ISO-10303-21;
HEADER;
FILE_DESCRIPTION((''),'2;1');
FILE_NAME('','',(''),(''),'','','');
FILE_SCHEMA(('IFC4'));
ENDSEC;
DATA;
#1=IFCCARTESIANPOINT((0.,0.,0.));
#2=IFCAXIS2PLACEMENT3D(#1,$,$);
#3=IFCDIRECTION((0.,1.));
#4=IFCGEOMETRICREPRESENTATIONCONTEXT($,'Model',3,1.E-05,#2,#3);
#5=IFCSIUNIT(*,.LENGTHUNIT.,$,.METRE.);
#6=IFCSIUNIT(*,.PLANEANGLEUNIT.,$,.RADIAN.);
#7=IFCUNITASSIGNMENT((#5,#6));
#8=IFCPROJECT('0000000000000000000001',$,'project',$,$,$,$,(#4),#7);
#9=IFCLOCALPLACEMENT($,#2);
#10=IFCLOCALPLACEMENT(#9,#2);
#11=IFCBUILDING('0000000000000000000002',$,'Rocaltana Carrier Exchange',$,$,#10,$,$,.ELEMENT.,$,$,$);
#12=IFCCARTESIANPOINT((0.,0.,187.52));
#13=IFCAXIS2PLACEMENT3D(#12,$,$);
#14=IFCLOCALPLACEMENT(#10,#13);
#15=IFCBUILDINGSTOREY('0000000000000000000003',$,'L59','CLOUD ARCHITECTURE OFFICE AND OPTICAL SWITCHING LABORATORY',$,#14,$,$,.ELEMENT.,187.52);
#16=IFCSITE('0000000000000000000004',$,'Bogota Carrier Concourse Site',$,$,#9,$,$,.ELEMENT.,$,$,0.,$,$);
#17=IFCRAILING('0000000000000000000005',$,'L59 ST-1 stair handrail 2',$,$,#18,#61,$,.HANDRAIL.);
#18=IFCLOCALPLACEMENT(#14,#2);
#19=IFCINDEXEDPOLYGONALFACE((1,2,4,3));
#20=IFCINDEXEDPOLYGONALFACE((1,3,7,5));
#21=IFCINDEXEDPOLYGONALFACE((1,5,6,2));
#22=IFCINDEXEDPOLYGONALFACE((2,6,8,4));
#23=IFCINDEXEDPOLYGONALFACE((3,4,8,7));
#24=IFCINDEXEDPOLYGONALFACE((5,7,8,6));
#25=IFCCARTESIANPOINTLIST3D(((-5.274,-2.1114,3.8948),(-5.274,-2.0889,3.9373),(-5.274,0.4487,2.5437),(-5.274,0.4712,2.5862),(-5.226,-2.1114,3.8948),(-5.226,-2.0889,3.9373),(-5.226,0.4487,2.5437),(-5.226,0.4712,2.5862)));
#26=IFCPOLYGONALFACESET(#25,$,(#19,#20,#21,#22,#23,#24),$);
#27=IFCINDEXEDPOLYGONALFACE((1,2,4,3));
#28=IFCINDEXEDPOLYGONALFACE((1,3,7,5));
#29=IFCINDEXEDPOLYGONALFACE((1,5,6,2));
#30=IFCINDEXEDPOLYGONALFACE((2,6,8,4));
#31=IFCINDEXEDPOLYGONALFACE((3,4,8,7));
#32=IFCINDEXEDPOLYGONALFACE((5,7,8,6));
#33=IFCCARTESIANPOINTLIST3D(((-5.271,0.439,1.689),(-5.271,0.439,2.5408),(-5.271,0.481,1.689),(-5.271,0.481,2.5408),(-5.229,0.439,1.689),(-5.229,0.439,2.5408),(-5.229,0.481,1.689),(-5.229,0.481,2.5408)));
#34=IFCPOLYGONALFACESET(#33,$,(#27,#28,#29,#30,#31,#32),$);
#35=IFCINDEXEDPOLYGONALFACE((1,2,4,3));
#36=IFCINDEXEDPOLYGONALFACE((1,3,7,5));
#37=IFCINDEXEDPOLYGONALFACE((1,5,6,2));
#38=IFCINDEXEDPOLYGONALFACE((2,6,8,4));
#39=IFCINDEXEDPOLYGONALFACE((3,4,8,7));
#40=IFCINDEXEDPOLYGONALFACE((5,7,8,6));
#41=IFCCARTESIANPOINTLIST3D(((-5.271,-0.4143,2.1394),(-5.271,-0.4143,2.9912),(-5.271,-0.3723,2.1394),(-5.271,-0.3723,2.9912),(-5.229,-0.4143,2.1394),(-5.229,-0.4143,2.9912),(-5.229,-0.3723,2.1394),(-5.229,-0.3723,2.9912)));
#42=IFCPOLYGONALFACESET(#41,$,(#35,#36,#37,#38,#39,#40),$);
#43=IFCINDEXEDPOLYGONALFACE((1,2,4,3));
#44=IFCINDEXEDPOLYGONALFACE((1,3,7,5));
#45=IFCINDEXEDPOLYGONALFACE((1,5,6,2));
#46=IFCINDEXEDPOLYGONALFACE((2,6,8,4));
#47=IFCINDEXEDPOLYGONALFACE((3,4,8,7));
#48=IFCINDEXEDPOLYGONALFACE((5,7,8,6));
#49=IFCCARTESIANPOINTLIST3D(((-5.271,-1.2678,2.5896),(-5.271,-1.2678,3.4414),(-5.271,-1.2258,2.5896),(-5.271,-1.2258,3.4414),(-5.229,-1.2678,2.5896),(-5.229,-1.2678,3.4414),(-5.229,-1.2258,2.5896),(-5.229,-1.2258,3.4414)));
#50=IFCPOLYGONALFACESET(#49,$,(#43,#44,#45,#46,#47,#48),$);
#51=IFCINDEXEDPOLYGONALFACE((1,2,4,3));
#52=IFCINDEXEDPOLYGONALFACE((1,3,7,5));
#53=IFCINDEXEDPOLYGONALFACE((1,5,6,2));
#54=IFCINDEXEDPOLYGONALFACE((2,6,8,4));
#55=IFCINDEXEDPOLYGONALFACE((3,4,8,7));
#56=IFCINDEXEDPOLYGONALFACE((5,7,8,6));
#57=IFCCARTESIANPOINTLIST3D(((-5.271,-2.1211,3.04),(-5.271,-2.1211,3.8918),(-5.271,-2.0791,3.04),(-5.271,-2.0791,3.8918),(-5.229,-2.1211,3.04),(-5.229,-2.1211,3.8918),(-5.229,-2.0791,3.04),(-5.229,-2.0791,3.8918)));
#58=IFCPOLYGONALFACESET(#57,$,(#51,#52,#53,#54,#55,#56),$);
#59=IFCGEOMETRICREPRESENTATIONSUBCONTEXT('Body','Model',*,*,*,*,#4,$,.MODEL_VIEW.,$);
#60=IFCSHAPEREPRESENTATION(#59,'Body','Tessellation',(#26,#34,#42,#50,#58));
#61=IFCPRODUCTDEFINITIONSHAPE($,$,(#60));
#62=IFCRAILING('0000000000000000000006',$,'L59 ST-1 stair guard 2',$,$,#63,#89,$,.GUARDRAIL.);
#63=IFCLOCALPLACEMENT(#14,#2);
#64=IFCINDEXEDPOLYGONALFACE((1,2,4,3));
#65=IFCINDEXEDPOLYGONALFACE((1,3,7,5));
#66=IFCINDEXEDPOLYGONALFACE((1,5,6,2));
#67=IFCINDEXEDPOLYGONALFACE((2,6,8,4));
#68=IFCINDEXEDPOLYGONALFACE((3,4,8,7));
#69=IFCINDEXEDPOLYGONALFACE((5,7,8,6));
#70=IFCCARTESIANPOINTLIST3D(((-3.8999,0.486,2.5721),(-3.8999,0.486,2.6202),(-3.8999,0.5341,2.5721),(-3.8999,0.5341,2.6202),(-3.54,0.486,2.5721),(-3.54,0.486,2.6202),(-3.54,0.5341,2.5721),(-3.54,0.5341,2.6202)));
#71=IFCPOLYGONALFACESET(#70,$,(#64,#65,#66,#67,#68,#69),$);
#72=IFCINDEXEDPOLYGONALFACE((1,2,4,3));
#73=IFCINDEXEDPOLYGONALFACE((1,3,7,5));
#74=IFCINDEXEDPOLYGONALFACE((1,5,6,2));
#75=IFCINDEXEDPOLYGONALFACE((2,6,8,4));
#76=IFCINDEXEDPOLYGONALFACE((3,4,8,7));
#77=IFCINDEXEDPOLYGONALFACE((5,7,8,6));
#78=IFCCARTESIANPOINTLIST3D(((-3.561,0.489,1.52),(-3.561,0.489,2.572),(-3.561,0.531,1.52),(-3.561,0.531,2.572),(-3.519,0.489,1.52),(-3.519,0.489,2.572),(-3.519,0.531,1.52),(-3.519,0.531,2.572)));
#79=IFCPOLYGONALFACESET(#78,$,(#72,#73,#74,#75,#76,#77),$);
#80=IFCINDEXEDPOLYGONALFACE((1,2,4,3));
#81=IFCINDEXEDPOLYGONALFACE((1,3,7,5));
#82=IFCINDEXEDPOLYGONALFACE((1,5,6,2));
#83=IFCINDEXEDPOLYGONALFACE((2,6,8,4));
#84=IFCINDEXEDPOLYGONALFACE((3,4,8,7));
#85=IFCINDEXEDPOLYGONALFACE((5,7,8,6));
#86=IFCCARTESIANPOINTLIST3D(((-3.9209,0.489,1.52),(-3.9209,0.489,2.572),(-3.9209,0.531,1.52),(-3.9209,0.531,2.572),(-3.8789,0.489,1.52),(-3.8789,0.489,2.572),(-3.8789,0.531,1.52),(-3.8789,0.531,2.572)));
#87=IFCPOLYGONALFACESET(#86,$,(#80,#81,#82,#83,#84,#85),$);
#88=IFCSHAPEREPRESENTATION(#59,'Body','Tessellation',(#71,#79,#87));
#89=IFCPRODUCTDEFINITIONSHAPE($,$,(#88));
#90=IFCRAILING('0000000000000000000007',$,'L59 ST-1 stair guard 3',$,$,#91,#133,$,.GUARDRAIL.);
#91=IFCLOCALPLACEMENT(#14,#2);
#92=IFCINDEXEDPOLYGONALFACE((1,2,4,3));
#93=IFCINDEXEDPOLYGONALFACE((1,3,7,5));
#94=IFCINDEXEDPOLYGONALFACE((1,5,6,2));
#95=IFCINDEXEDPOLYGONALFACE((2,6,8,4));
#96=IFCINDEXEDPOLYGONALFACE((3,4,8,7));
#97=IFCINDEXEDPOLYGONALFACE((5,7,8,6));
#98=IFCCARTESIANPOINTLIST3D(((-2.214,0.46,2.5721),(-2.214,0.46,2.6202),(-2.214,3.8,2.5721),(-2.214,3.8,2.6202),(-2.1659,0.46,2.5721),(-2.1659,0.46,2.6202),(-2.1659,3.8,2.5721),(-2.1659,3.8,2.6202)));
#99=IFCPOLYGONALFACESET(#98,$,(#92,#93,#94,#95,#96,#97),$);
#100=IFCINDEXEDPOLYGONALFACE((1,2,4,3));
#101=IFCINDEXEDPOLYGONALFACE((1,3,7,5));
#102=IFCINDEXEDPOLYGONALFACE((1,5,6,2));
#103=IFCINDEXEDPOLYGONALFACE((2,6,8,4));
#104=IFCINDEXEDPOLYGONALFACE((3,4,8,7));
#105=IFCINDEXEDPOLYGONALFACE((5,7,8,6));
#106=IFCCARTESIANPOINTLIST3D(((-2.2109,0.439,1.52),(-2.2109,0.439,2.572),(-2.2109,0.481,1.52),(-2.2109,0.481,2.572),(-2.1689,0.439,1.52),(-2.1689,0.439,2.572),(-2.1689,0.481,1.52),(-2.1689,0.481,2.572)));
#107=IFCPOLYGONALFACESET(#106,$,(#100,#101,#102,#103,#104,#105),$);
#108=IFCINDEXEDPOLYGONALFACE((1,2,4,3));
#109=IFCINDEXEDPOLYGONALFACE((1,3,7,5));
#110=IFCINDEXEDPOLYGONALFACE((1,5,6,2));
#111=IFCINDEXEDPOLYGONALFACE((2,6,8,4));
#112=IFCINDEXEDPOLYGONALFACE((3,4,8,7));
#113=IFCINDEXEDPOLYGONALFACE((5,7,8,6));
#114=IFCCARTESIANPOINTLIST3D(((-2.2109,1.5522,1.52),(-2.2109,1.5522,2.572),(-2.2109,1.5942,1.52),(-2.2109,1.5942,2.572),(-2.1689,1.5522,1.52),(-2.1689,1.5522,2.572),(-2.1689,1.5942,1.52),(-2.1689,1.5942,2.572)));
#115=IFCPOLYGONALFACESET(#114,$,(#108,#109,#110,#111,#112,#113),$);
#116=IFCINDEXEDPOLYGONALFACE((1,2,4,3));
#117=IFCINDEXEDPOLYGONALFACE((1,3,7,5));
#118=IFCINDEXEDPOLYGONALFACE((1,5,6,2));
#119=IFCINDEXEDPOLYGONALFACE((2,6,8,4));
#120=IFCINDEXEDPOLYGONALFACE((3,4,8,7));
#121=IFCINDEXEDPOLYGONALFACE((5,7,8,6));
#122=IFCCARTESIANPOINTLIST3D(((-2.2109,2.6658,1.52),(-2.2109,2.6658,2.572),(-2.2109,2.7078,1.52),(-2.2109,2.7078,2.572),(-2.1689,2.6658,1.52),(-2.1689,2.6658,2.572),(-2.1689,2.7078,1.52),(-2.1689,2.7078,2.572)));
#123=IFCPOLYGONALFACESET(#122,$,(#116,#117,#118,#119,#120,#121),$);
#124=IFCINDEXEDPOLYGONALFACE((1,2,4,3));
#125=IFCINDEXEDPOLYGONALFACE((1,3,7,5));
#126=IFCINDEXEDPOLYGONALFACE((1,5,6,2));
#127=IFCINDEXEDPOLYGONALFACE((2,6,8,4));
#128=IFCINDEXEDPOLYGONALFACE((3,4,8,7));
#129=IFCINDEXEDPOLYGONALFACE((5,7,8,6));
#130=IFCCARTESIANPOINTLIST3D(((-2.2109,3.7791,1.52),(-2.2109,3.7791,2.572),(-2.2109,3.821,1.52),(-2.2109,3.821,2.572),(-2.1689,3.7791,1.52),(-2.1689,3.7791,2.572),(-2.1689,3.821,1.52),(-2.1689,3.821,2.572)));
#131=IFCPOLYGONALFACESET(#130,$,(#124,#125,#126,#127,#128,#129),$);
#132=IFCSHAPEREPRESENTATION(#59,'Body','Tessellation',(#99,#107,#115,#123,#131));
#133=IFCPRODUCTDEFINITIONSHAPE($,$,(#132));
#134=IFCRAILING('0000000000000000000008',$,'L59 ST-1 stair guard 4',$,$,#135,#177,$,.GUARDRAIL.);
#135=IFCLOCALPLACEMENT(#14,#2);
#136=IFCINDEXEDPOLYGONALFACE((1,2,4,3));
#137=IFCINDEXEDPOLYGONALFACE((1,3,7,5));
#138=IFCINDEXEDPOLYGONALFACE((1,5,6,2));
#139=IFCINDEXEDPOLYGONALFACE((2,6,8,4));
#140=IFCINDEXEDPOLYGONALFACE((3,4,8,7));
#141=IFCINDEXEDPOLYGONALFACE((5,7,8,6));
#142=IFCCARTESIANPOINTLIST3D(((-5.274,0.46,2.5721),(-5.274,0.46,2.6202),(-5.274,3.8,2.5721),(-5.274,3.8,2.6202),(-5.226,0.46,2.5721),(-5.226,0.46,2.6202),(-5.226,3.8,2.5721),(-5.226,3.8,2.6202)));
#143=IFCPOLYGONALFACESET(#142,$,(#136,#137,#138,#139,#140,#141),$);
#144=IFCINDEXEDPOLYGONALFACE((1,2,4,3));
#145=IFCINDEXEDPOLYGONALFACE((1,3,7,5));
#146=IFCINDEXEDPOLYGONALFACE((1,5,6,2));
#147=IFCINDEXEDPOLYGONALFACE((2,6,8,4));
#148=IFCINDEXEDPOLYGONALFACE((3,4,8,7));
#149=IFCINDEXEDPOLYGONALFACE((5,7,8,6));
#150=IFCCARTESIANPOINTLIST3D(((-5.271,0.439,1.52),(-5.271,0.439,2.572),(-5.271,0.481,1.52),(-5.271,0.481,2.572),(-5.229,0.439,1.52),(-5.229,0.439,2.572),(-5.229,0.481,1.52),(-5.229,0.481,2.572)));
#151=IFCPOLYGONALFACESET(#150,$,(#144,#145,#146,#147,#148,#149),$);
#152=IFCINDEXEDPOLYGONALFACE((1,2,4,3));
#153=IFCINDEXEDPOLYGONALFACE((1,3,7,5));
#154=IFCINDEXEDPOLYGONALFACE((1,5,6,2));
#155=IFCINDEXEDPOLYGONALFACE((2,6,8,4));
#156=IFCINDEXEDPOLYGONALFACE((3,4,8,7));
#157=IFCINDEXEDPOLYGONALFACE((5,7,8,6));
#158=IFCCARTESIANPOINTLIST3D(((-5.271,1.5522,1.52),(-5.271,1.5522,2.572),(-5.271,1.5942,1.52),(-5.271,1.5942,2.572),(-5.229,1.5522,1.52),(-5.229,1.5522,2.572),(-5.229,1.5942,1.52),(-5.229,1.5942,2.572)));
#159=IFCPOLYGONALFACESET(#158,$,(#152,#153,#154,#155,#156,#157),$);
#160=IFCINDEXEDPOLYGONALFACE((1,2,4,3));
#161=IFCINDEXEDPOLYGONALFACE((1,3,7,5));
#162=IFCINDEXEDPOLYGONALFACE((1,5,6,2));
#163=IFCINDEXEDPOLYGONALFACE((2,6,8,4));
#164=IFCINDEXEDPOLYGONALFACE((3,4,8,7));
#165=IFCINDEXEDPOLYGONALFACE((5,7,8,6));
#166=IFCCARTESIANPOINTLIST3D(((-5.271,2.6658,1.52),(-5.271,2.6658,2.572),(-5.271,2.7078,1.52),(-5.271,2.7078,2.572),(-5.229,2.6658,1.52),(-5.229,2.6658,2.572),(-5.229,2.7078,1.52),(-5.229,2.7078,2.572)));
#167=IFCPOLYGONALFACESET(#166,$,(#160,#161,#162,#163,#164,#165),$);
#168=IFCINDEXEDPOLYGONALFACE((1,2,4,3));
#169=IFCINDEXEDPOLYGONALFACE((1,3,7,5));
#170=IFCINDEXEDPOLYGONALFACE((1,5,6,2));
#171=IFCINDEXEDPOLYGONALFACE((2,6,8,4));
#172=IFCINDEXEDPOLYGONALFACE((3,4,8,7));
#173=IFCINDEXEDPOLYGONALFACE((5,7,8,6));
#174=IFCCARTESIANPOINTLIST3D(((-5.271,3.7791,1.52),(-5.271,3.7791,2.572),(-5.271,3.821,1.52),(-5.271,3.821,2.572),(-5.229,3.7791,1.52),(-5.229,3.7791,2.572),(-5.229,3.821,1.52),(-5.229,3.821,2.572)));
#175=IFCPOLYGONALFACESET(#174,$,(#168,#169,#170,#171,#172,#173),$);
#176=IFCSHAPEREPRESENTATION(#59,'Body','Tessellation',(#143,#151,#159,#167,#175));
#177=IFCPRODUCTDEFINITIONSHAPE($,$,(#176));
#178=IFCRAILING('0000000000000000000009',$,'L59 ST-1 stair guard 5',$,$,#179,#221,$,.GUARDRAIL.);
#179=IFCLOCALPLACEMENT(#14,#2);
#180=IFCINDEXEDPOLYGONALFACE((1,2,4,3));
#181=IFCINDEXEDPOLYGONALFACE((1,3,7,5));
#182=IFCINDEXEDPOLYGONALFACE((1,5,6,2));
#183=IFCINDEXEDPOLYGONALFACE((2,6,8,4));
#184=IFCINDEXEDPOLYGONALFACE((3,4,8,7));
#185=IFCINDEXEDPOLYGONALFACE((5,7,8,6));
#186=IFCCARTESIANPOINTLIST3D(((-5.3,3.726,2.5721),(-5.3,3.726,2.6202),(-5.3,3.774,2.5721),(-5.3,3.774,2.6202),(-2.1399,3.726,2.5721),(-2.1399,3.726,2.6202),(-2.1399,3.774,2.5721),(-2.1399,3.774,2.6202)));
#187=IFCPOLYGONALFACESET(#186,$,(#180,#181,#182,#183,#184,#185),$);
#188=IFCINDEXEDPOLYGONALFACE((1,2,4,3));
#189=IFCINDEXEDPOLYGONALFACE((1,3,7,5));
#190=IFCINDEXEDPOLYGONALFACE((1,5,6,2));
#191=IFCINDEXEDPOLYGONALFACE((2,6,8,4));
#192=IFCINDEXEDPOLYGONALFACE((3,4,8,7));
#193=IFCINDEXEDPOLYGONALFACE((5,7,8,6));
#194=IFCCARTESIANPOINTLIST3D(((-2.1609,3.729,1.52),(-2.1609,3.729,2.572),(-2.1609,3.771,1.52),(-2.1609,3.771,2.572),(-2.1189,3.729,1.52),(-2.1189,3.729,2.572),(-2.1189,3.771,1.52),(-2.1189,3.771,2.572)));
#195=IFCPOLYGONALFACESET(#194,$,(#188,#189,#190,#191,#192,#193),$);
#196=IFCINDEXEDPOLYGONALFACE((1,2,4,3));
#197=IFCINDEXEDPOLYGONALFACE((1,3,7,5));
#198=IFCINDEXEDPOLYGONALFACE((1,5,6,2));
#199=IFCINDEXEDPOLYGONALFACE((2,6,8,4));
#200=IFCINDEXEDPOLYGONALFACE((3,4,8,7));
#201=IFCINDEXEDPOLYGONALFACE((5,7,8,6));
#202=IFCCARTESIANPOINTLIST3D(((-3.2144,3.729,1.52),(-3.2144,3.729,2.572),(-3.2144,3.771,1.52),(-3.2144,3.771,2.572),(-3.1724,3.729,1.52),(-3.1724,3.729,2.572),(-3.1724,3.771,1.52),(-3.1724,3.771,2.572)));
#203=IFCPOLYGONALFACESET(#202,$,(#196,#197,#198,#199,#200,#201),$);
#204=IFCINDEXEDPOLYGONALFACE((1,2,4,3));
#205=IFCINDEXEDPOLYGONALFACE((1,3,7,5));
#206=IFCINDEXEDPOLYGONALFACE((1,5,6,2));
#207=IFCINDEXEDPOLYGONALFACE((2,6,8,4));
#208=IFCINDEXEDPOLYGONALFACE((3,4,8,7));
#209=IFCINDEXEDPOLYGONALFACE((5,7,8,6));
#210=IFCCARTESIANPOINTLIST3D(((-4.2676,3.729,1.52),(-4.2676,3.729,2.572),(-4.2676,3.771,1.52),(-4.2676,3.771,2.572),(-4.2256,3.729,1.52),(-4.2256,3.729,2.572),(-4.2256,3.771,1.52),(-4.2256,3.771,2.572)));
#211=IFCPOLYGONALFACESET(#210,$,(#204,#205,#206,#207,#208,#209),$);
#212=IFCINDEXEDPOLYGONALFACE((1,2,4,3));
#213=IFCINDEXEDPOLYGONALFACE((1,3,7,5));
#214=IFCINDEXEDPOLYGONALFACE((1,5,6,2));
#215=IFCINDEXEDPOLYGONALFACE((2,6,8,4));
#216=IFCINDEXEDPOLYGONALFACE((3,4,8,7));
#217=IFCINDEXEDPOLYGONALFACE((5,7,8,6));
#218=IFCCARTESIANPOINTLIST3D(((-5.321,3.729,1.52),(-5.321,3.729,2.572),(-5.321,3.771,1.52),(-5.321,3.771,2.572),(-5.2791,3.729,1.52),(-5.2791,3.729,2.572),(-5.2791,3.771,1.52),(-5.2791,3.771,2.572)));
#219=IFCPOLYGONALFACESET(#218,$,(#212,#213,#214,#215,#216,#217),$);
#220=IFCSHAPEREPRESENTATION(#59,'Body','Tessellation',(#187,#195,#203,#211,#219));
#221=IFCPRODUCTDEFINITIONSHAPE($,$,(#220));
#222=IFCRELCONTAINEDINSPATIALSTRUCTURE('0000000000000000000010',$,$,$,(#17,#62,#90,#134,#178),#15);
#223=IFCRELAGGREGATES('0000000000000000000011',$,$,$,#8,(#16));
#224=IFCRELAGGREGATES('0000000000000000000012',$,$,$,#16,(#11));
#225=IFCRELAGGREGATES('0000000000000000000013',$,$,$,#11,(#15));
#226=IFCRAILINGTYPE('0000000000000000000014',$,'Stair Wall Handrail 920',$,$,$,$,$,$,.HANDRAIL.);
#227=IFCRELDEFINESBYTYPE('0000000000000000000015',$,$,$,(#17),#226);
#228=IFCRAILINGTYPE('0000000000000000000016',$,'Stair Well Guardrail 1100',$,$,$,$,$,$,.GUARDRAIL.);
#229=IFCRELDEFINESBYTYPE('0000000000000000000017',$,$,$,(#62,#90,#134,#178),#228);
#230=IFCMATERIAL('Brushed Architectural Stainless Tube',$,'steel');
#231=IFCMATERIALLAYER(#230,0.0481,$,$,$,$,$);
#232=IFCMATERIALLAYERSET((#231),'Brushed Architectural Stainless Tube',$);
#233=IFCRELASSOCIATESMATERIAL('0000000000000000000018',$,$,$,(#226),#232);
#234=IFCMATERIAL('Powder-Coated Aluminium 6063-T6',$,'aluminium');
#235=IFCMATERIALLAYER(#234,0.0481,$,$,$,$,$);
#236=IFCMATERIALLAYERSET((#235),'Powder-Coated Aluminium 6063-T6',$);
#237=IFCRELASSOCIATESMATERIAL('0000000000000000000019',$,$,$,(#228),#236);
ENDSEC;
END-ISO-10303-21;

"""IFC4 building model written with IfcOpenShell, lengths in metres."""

from ifc_helpers import new_model, si_unit, direction, frame, origin, origin_2d, place, context, subcontext, project, spatial, rectangle, extrude, material, layer, layer_set, type_object, element, save


model = new_model("IFC4")

# Units and contexts
model_context = context("Model", 3, precision=1e-05, world=origin(), true_north=direction((0.0, 1.0)))
body_context = subcontext(model_context, "Body", "Model", "MODEL_VIEW")
ifc_project = project(units=[si_unit("LENGTHUNIT", "METRE"), si_unit("PLANEANGLEUNIT", "RADIAN")], contexts=[model_context])

# Site, building, storey
site_placement = place(None, origin())
site = spatial("IfcSite", under=ifc_project, at=site_placement, Name="Bogota Carrier Concourse Site", CompositionType="ELEMENT", RefElevation=0.0)
building_placement = place(site_placement, origin())
building = spatial("IfcBuilding", under=site, at=building_placement, Name="Rocaltana Carrier Exchange", CompositionType="ELEMENT")
storey_placement = place(building_placement, frame((0.0, 0.0, 187.52)))
storey = spatial("IfcBuildingStorey", under=building, at=storey_placement, Name="L59", Description="CLOUD ARCHITECTURE OFFICE AND OPTICAL SWITCHING LABORATORY", CompositionType="ELEMENT", Elevation=187.52)

# Railings
ifc_material_1 = material(Name="Brushed Architectural Stainless Tube", Category="steel")
ifc_layer_1 = layer(ifc_material_1, 0.0481)
ifc_layer_set_1 = layer_set([ifc_layer_1], Name="Brushed Architectural Stainless Tube")
railing_type_1 = type_object("IfcRailingType", Name="Stair Wall Handrail 920", PredefinedType="HANDRAIL", material=ifc_layer_set_1)
railing_1_placement = place(storey_placement, frame((-5.25, 0.46, 1.689)))
element("IfcRailing", 1, at=railing_1_placement, inside=storey, type_object=railing_type_1, Name="L59 ST-1 stair handrail 2", PredefinedType="HANDRAIL", context=body_context, shape_type="SweptSolid", body=[
    extrude(rectangle(XDim=0.0481, YDim=0.0481, at=origin_2d()), frame((0.0, 0.0, 0.876), z_axis=(0.0, -0.884394, 0.46674), x_axis=(1.0, 0.0, 0.0)), (0.0, 0.0, 1.0), 2.8948),
    extrude(rectangle(XDim=0.042, YDim=0.042, at=origin_2d()), origin(), (0.0, 0.0, 1.0), 0.8518),
    extrude(rectangle(XDim=0.042, YDim=0.042, at=origin_2d()), frame((0.0, -0.8533, 0.4504)), (0.0, 0.0, 1.0), 0.8518),
    extrude(rectangle(XDim=0.042, YDim=0.042, at=origin_2d()), frame((0.0, -1.7068, 0.9006)), (0.0, 0.0, 1.0), 0.8518),
    extrude(rectangle(XDim=0.042, YDim=0.042, at=origin_2d()), frame((0.0, -2.5601, 1.3511)), (0.0, 0.0, 1.0), 0.8518),
])
ifc_material_2 = material(Name="Powder-Coated Aluminium 6063-T6", Category="aluminium")
ifc_layer_2 = layer(ifc_material_2, 0.0481)
ifc_layer_set_2 = layer_set([ifc_layer_2], Name="Powder-Coated Aluminium 6063-T6")
railing_type_2 = type_object("IfcRailingType", Name="Stair Well Guardrail 1100", PredefinedType="GUARDRAIL", material=ifc_layer_set_2)
railing_2_placement = place(storey_placement, frame((-3.54, 0.51, 1.52)))
element("IfcRailing", 2, at=railing_2_placement, inside=storey, type_object=railing_type_2, Name="L59 ST-1 stair guard 2", PredefinedType="GUARDRAIL", context=body_context, shape_type="SweptSolid", body=[
    extrude(rectangle(XDim=0.0481, YDim=0.0481, at=origin_2d()), frame((0.0, 0.0, 1.0762), z_axis=(-1.0, 0.0, 0.0), x_axis=(0.0, -1.0, 0.0)), (0.0, 0.0, 1.0), 0.3599),
    extrude(rectangle(XDim=0.042, YDim=0.042, at=origin_2d()), origin(), (0.0, 0.0, 1.0), 1.052),
    extrude(rectangle(XDim=0.042, YDim=0.042, at=origin_2d()), frame((-0.3599, 0.0, 0.0)), (0.0, 0.0, 1.0), 1.052),
])
for number, where, name in (
    (3, (-2.1899, 0.46, 1.52), "L59 ST-1 stair guard 3"),
    (4, (-5.25, 0.46, 1.52), "L59 ST-1 stair guard 4"),
):
    element("IfcRailing", number, at=place(storey_placement, frame(where)), inside=storey, type_object=railing_type_2, Name=name, PredefinedType="GUARDRAIL", context=body_context, shape_type="SweptSolid", body=[
        extrude(rectangle(XDim=0.0481, YDim=0.0481, at=origin_2d()), frame((0.0, 0.0, 1.0762), z_axis=(0.0, 1.0, 0.0), x_axis=(-1.0, 0.0, 0.0)), (0.0, 0.0, 1.0), 3.3401),
        extrude(rectangle(XDim=0.042, YDim=0.042, at=origin_2d()), origin(), (0.0, 0.0, 1.0), 1.052),
        extrude(rectangle(XDim=0.042, YDim=0.042, at=origin_2d()), frame((0.0, 1.1133, 0.0)), (0.0, 0.0, 1.0), 1.052),
        extrude(rectangle(XDim=0.042, YDim=0.042, at=origin_2d()), frame((0.0, 2.2268, 0.0)), (0.0, 0.0, 1.0), 1.052),
        extrude(rectangle(XDim=0.042, YDim=0.042, at=origin_2d()), frame((0.0, 3.3401, 0.0)), (0.0, 0.0, 1.0), 1.052),
    ])
railing_3_placement = place(storey_placement, frame((-2.1399, 3.75, 1.52)))
element("IfcRailing", 5, at=railing_3_placement, inside=storey, type_object=railing_type_2, Name="L59 ST-1 stair guard 5", PredefinedType="GUARDRAIL", context=body_context, shape_type="SweptSolid", body=[
    extrude(rectangle(XDim=0.0481, YDim=0.0481, at=origin_2d()), frame((0.0, 0.0, 1.0762), z_axis=(-1.0, 0.0, 0.0), x_axis=(0.0, -1.0, 0.0)), (0.0, 0.0, 1.0), 3.1602),
    extrude(rectangle(XDim=0.042, YDim=0.042, at=origin_2d()), origin(), (0.0, 0.0, 1.0), 1.052),
    extrude(rectangle(XDim=0.042, YDim=0.042, at=origin_2d()), frame((-1.0535, 0.0, 0.0)), (0.0, 0.0, 1.0), 1.052),
    extrude(rectangle(XDim=0.042, YDim=0.042, at=origin_2d()), frame((-2.1067, 0.0, 0.0)), (0.0, 0.0, 1.0), 1.052),
    extrude(rectangle(XDim=0.042, YDim=0.042, at=origin_2d()), frame((-3.1602, 0.0, 0.0)), (0.0, 0.0, 1.0), 1.052),
])

save(model, "model.ifc")
